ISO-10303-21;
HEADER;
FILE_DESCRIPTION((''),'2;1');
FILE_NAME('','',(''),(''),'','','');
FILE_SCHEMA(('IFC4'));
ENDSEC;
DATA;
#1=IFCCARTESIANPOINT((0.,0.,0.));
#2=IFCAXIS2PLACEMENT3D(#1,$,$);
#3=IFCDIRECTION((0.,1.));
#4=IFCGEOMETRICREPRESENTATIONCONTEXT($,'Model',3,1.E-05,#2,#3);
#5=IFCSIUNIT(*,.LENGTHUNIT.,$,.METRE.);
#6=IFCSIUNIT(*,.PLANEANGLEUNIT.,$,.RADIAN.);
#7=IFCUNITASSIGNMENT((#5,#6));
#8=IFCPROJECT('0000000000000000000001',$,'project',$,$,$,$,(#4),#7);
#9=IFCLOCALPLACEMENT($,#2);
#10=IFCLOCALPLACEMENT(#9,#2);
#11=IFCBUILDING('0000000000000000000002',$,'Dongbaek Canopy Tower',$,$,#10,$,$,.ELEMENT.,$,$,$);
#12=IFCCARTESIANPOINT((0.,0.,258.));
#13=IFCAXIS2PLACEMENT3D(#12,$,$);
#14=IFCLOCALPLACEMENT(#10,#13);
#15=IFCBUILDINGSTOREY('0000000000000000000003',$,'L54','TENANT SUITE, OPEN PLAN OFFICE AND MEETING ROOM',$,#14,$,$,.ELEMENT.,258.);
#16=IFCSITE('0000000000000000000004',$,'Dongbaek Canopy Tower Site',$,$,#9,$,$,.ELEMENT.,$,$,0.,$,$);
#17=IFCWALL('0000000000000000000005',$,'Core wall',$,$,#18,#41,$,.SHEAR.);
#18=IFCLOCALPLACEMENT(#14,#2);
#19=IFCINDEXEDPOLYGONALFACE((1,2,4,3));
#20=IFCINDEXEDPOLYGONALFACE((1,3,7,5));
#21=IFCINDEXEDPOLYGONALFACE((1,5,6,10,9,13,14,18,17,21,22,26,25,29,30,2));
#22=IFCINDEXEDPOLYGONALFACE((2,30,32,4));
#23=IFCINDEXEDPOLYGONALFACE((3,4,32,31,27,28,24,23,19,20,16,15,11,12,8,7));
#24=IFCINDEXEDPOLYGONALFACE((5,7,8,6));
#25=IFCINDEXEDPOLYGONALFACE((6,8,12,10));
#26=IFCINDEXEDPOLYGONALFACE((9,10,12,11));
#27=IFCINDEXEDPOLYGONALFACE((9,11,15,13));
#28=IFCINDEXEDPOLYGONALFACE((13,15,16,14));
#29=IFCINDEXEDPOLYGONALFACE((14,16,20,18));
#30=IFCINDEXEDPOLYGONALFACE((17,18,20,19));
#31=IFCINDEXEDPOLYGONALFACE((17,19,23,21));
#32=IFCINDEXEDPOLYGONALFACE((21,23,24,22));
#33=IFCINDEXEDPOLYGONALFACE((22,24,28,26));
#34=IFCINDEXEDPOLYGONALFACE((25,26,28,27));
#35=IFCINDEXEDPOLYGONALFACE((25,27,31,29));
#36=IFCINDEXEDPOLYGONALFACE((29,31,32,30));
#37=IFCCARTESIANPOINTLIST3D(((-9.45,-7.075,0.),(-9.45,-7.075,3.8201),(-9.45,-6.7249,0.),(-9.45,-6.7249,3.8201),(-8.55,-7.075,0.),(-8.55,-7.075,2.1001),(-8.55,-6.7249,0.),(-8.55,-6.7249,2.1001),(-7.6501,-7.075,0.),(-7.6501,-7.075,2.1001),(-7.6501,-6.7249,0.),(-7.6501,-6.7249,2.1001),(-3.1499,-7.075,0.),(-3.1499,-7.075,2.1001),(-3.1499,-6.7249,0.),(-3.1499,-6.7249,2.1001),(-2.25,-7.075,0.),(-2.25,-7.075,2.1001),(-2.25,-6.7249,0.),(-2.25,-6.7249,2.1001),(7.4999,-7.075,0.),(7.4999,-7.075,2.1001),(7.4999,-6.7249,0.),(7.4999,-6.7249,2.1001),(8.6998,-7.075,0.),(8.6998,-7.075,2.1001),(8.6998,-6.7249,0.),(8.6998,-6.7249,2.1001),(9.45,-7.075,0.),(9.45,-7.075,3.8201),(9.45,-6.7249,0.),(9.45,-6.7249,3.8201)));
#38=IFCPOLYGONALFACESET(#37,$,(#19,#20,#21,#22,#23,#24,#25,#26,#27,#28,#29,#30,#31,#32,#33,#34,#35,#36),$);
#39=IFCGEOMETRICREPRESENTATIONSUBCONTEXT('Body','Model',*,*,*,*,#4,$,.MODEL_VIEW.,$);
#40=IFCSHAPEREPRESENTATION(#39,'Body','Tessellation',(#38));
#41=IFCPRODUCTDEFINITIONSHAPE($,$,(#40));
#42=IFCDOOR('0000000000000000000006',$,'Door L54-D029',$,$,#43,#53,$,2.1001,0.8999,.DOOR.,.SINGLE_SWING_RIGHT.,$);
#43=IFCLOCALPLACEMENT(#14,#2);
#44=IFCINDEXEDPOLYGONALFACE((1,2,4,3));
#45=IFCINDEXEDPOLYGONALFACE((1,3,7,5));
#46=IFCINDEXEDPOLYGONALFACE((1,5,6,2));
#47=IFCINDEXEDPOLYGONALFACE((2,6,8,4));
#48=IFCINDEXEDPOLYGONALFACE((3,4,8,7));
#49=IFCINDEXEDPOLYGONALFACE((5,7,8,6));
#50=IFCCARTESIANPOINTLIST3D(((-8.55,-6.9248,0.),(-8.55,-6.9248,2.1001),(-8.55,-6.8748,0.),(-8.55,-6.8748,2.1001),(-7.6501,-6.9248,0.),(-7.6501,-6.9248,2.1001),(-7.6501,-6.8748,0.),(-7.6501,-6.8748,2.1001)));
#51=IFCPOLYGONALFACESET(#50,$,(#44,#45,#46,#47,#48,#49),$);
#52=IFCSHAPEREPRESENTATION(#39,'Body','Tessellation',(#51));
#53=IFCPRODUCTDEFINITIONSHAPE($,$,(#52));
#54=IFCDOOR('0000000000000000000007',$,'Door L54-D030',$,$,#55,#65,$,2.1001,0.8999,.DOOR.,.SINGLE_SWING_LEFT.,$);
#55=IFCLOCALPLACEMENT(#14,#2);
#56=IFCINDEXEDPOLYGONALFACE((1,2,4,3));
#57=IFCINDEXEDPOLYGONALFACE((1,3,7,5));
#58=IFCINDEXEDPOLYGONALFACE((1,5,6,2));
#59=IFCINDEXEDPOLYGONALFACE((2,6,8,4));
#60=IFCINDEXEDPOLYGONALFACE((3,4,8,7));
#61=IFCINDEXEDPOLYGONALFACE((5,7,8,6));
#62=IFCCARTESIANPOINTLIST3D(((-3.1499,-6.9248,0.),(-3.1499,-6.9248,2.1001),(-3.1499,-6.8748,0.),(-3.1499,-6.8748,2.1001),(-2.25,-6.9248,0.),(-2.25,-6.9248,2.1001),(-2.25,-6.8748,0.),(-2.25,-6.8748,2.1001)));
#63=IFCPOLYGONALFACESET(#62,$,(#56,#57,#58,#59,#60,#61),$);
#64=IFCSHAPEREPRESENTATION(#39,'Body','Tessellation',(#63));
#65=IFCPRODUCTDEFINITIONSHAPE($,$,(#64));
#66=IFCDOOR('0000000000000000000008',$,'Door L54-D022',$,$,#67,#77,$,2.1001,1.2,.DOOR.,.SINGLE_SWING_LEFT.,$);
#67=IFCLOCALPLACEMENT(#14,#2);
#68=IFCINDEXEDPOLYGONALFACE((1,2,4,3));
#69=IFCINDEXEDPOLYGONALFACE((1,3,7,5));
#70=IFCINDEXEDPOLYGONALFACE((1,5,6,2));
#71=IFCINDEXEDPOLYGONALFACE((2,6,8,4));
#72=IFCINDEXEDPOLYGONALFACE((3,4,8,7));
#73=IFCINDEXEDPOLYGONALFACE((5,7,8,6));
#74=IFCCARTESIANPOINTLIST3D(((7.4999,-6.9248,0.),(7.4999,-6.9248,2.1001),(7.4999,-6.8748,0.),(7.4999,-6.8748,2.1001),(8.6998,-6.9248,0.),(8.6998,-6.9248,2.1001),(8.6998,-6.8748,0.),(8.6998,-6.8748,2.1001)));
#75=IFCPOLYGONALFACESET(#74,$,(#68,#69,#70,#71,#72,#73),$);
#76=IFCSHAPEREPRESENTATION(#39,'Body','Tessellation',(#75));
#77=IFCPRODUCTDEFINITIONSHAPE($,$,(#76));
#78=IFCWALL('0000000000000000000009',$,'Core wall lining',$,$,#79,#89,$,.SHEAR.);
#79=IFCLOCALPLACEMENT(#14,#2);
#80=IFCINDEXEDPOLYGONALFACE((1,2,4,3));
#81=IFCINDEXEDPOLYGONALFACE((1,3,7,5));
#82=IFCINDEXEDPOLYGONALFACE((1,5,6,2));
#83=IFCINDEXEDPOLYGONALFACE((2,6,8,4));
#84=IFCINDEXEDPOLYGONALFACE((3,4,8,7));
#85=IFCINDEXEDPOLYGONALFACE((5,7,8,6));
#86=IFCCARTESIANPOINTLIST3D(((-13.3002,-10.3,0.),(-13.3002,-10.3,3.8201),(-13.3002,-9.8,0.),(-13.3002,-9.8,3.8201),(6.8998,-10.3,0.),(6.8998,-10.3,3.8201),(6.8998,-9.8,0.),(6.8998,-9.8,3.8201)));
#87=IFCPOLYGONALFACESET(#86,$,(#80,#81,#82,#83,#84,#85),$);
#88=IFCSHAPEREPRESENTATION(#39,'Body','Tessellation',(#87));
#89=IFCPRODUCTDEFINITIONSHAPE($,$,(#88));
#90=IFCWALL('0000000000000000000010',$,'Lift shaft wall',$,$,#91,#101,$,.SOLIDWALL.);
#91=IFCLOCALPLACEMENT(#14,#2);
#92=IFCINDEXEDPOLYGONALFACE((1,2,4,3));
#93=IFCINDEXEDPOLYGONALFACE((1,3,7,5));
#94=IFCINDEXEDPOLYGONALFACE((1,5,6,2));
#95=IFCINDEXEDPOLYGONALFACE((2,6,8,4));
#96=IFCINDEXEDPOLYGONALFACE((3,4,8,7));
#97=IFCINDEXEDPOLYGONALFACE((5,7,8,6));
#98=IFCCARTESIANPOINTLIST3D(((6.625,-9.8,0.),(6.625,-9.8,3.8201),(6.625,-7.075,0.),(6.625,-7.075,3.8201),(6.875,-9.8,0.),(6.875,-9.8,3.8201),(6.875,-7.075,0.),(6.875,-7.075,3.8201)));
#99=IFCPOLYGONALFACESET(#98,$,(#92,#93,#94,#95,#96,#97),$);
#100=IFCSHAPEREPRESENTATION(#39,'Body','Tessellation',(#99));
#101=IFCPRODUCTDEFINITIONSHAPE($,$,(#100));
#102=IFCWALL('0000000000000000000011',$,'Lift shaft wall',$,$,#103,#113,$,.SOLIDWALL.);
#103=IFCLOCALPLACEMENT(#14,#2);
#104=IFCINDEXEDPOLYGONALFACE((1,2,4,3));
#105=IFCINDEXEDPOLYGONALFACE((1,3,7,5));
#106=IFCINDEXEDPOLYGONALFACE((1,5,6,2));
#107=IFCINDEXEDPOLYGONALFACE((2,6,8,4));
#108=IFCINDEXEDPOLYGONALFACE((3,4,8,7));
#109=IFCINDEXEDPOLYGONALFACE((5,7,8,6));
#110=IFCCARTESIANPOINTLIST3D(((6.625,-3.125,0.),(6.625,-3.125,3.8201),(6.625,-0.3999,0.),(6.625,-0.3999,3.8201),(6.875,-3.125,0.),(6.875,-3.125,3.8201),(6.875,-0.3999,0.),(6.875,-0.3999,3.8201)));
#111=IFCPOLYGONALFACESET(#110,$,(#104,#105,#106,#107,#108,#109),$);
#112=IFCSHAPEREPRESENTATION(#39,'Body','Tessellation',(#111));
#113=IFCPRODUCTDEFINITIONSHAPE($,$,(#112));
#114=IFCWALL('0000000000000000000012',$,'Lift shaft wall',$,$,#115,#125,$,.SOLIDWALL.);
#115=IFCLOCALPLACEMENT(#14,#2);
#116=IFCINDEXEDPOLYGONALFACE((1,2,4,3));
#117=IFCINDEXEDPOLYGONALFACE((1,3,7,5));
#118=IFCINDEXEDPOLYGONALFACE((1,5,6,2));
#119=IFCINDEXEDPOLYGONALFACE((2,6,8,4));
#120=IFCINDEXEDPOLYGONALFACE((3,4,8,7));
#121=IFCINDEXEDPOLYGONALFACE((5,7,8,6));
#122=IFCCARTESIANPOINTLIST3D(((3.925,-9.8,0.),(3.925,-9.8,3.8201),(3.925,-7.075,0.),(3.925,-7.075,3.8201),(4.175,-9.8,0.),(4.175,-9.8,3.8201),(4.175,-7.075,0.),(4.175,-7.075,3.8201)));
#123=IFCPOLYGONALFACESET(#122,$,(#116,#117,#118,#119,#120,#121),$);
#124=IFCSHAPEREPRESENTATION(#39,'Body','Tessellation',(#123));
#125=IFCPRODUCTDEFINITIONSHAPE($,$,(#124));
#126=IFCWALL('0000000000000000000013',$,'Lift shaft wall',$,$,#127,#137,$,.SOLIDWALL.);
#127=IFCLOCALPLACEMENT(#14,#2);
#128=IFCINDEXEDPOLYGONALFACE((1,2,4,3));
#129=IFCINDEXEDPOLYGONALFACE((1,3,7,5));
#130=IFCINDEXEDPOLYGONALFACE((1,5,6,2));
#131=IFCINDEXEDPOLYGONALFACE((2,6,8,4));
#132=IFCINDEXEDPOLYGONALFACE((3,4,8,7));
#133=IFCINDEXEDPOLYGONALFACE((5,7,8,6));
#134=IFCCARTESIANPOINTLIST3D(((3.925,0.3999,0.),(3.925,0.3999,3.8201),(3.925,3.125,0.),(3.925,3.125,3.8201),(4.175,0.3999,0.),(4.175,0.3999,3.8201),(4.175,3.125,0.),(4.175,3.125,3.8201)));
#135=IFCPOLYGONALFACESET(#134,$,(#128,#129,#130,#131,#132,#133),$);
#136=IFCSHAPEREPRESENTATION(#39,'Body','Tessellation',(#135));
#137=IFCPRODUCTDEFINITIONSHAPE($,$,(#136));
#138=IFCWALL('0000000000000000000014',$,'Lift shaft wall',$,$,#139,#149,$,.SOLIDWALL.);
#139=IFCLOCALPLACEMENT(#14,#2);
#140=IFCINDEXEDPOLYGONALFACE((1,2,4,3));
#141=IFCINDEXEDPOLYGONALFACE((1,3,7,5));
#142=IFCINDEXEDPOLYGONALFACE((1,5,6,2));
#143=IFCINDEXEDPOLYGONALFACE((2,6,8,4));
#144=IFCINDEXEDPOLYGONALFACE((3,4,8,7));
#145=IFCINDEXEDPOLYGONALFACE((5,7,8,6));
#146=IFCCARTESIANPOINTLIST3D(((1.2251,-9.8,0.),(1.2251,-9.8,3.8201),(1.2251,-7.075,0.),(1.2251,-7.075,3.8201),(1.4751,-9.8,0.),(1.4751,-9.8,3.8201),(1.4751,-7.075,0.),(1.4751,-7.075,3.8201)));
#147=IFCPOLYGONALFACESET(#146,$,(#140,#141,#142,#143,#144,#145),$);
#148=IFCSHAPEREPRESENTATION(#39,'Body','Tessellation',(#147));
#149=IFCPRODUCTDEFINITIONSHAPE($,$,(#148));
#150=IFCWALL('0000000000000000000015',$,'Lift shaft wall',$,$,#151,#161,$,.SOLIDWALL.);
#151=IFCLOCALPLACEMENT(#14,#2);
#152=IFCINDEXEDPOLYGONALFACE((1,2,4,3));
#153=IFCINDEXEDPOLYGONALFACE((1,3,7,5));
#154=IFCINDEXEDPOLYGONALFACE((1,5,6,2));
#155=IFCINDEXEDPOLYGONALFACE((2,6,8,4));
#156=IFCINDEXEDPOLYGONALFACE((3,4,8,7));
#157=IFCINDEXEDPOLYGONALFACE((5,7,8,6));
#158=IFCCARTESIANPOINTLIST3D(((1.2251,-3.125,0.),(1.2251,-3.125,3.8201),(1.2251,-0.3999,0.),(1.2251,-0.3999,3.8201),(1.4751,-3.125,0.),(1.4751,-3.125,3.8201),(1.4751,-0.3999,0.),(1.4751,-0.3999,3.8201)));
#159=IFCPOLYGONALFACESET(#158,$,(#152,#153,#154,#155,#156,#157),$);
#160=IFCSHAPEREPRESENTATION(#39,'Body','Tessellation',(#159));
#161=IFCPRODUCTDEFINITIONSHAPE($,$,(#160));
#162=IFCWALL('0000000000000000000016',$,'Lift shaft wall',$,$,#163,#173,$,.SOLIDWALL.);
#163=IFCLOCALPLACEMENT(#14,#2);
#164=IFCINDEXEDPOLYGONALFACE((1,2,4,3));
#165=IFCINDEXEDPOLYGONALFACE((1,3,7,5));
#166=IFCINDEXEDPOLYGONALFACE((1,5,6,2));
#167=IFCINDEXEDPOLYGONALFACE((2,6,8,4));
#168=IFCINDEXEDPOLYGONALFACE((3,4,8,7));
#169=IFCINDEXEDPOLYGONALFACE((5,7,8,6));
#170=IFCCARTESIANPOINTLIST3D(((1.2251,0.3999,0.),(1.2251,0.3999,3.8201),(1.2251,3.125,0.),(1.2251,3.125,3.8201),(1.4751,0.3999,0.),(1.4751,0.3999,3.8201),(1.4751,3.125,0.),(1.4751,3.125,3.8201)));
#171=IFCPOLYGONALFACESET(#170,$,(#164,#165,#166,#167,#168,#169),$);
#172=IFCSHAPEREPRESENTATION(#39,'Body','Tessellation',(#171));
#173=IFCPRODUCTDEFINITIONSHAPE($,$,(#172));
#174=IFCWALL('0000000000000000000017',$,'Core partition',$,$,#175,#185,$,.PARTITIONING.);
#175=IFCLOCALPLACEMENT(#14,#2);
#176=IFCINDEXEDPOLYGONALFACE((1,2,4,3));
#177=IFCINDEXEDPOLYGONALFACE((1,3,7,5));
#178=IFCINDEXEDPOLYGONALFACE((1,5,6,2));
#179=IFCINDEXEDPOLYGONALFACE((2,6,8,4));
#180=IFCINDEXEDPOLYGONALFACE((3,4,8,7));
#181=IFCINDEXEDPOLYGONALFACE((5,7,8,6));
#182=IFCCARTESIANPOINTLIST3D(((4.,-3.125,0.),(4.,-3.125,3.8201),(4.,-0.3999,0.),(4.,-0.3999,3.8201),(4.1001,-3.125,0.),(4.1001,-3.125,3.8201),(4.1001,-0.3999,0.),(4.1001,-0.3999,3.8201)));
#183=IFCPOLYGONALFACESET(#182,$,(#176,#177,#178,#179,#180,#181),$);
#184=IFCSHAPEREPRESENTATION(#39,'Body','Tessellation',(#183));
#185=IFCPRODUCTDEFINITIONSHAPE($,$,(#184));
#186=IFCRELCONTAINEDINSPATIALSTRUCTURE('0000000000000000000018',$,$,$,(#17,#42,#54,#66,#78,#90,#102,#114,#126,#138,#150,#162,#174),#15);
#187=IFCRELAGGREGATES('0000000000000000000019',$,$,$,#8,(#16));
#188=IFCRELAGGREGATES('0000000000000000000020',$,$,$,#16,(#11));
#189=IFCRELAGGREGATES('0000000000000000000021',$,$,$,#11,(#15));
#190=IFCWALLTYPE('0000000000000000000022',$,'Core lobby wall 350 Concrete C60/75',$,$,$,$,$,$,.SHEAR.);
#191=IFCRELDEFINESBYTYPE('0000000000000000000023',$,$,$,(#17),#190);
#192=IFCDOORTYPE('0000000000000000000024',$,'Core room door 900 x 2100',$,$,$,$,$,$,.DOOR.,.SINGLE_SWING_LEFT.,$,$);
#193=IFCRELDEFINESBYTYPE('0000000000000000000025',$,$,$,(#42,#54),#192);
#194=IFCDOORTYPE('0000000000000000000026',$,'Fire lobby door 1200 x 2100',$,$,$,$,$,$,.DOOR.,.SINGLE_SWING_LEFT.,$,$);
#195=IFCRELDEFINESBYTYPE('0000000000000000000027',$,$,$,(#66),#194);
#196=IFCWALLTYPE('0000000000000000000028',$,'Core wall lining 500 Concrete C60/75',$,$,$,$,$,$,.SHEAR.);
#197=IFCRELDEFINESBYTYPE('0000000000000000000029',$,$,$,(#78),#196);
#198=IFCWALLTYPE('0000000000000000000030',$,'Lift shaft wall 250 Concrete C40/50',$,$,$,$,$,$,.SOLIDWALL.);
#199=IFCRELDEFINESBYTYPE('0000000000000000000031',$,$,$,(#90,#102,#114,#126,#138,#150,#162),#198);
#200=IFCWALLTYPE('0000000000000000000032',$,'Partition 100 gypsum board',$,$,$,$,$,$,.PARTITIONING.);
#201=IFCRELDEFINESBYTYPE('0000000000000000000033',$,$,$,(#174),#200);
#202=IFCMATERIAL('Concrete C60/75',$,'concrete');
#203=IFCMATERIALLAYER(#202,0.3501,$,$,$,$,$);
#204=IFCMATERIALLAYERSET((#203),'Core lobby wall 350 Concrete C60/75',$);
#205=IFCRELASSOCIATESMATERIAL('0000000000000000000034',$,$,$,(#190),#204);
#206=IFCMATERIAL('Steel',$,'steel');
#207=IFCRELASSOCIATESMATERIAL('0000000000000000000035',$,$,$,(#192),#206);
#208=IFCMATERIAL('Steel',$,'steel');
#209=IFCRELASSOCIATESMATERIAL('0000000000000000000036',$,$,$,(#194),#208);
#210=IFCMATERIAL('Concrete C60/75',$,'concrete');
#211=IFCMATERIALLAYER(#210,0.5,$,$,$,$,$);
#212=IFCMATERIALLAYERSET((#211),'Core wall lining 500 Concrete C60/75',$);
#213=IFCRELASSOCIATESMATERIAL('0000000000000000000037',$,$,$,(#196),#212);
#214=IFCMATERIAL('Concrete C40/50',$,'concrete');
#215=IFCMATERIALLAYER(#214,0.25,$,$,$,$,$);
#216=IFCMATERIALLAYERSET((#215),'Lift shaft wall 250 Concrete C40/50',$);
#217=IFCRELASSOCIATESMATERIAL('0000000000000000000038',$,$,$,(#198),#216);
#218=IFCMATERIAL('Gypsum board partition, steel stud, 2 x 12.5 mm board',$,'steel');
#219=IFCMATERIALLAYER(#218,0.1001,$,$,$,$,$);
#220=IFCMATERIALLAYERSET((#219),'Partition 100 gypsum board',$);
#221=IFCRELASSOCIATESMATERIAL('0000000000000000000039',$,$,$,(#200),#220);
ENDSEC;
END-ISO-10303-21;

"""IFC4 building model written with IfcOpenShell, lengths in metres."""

from ifc_helpers import new_model, si_unit, direction, frame, frame_2d, origin, place, context, subcontext, project, spatial, rectangle, extrude, material, layer, layer_set, type_object, element, fill, save


model = new_model("IFC4")

# Units and contexts
model_context = context("Model", 3, precision=1e-05, world=origin(), true_north=direction((0.0, 1.0)))
body_context = subcontext(model_context, "Body", "Model", "MODEL_VIEW")
ifc_project = project(units=[si_unit("LENGTHUNIT", "METRE"), si_unit("PLANEANGLEUNIT", "RADIAN")], contexts=[model_context])

# Site, building, storey
site_placement = place(None, origin())
site = spatial("IfcSite", under=ifc_project, at=site_placement, Name="Dongbaek Canopy Tower Site", CompositionType="ELEMENT", RefElevation=0.0)
building_placement = place(site_placement, origin())
building = spatial("IfcBuilding", under=site, at=building_placement, Name="Dongbaek Canopy Tower", CompositionType="ELEMENT")
storey_placement = place(building_placement, frame((0.0, 0.0, 258.0)))
storey = spatial("IfcBuildingStorey", under=building, at=storey_placement, Name="L54", Description="TENANT SUITE, OPEN PLAN OFFICE AND MEETING ROOM", CompositionType="ELEMENT", Elevation=258.0)

# Wall, openings, doors
ifc_material_1 = material(Name="Concrete C60/75", Category="concrete")
ifc_layer_1 = layer(ifc_material_1, 0.3501)
ifc_layer_set_1 = layer_set([ifc_layer_1], Name="Core lobby wall 350 Concrete C60/75")
wall_type_1 = type_object("IfcWallType", Name="Core lobby wall 350 Concrete C60/75", PredefinedType="SHEAR", material=ifc_layer_set_1)
wall_1_placement = place(storey_placement, frame((9.45, -6.8999, 0.0), z_axis=(0.0, 0.0, 1.0), x_axis=(-1.0, 0.0, 0.0)))
wall_1 = element("IfcWall", 1, at=wall_1_placement, inside=storey, type_object=wall_type_1, Name="Core wall", PredefinedType="SHEAR", context=body_context, shape_type="SweptSolid", body=[
    extrude(rectangle(XDim=18.8999, YDim=0.3501, at=frame_2d((9.45, 0.0))), origin(), (0.0, 0.0, 1.0), 3.8201),
])
opening_1_placement = place(wall_1_placement, frame((0.75, 0.0, 0.0)))
opening_1 = element("IfcOpeningElement", 2, at=opening_1_placement, cuts=wall_1, PredefinedType="OPENING", context=body_context, shape_type="SweptSolid", body=[
    extrude(rectangle(XDim=1.2, YDim=2.1001, at=frame_2d((0.6001, 1.05))), frame((0.0, 0.1851, 0.0), z_axis=(0.0, -1.0, 0.0), x_axis=(1.0, 0.0, 0.0)), (0.0, 0.0, 1.0), 0.3701),
])
opening_2_placement = place(wall_1_placement, frame((17.1001, 0.0, 0.0)))
opening_2 = element("IfcOpeningElement", 3, at=opening_2_placement, cuts=wall_1, PredefinedType="OPENING", context=body_context, shape_type="SweptSolid", body=[
    extrude(rectangle(XDim=0.8999, YDim=2.1001, at=frame_2d((0.45, 1.05))), frame((0.0, 0.1851, 0.0), z_axis=(0.0, -1.0, 0.0), x_axis=(1.0, 0.0, 0.0)), (0.0, 0.0, 1.0), 0.3701),
])
opening_3_placement = place(wall_1_placement, frame((11.7, 0.0, 0.0)))
opening_3 = element("IfcOpeningElement", 4, at=opening_3_placement, cuts=wall_1, PredefinedType="OPENING", context=body_context, shape_type="SweptSolid", body=[
    extrude(rectangle(XDim=0.8999, YDim=2.1001, at=frame_2d((0.45, 1.05))), frame((0.0, 0.1851, 0.0), z_axis=(0.0, -1.0, 0.0), x_axis=(1.0, 0.0, 0.0)), (0.0, 0.0, 1.0), 0.3701),
])
ifc_material_2 = material(Name="Steel", Category="steel")
door_type_1 = type_object("IfcDoorType", Name="Core room door 900 x 2100", OperationType="SINGLE_SWING_LEFT", PredefinedType="DOOR", material=ifc_material_2)
door_1_placement = place(opening_2_placement, origin())
door_1 = element("IfcDoor", 5, at=door_1_placement, inside=storey, type_object=door_type_1, Name="Door L54-D029", OperationType="SINGLE_SWING_RIGHT", OverallHeight=2.1001, OverallWidth=0.8999, PredefinedType="DOOR", context=body_context, shape_type="SweptSolid", body=[
    extrude(rectangle(XDim=0.8999, YDim=2.1001, at=frame_2d((0.45, 1.05))), frame((0.0, 0.0249, 0.0), z_axis=(0.0, -1.0, 0.0), x_axis=(1.0, 0.0, 0.0)), (0.0, 0.0, 1.0), 0.05),
])
fill(opening_2, door_1)
door_2_placement = place(opening_3_placement, origin())
door_2 = element("IfcDoor", 6, at=door_2_placement, inside=storey, type_object=door_type_1, Name="Door L54-D030", OperationType="SINGLE_SWING_LEFT", OverallHeight=2.1001, OverallWidth=0.8999, PredefinedType="DOOR", context=body_context, shape_type="SweptSolid", body=[
    extrude(rectangle(XDim=0.8999, YDim=2.1001, at=frame_2d((0.45, 1.05))), frame((0.0, 0.0249, 0.0), z_axis=(0.0, -1.0, 0.0), x_axis=(1.0, 0.0, 0.0)), (0.0, 0.0, 1.0), 0.05),
])
fill(opening_3, door_2)
ifc_material_3 = material(Name="Steel", Category="steel")
door_type_2 = type_object("IfcDoorType", Name="Fire lobby door 1200 x 2100", OperationType="SINGLE_SWING_LEFT", PredefinedType="DOOR", material=ifc_material_3)
door_3_placement = place(opening_1_placement, origin())
door_3 = element("IfcDoor", 7, at=door_3_placement, inside=storey, type_object=door_type_2, Name="Door L54-D022", OperationType="SINGLE_SWING_LEFT", OverallHeight=2.1001, OverallWidth=1.2, PredefinedType="DOOR", context=body_context, shape_type="SweptSolid", body=[
    extrude(rectangle(XDim=1.2, YDim=2.1001, at=frame_2d((0.6001, 1.05))), frame((0.0, 0.0249, 0.0), z_axis=(0.0, -1.0, 0.0), x_axis=(1.0, 0.0, 0.0)), (0.0, 0.0, 1.0), 0.05),
])
fill(opening_1, door_3)

# Walls
ifc_material_4 = material(Name="Concrete C60/75", Category="concrete")
ifc_layer_2 = layer(ifc_material_4, 0.5)
ifc_layer_set_2 = layer_set([ifc_layer_2], Name="Core wall lining 500 Concrete C60/75")
wall_type_2 = type_object("IfcWallType", Name="Core wall lining 500 Concrete C60/75", PredefinedType="SHEAR", material=ifc_layer_set_2)
wall_2_placement = place(storey_placement, frame((6.8999, -10.05, 0.0), z_axis=(0.0, 0.0, 1.0), x_axis=(-1.0, 0.0, 0.0)))
element("IfcWall", 8, at=wall_2_placement, inside=storey, type_object=wall_type_2, Name="Core wall lining", PredefinedType="SHEAR", context=body_context, shape_type="SweptSolid", body=[
    extrude(rectangle(XDim=20.2, YDim=0.5, at=frame_2d((10.1001, 0.0))), origin(), (0.0, 0.0, 1.0), 3.8201),
])
ifc_material_5 = material(Name="Concrete C40/50", Category="concrete")
ifc_layer_3 = layer(ifc_material_5, 0.25)
ifc_layer_set_3 = layer_set([ifc_layer_3], Name="Lift shaft wall 250 Concrete C40/50")
wall_type_3 = type_object("IfcWallType", Name="Lift shaft wall 250 Concrete C40/50", PredefinedType="SOLIDWALL", material=ifc_layer_set_3)
for number, where, z_axis, x_axis, name in (
    (9, (6.75, -9.8, 0.0), (0.0, 0.0, 1.0), (0.0, 1.0, 0.0), "Lift shaft wall"),
    (10, (6.75, -3.125, 0.0), (0.0, 0.0, 1.0), (0.0, 1.0, 0.0), "Lift shaft wall"),
    (11, (4.05, -9.8, 0.0), (0.0, 0.0, 1.0), (0.0, 1.0, 0.0), "Lift shaft wall"),
    (12, (4.05, 0.3999, 0.0), (0.0, 0.0, 1.0), (0.0, 1.0, 0.0), "Lift shaft wall"),
    (13, (1.3501, -9.8, 0.0), (0.0, 0.0, 1.0), (0.0, 1.0, 0.0), "Lift shaft wall"),
    (14, (1.3501, -3.125, 0.0), (0.0, 0.0, 1.0), (0.0, 1.0, 0.0), "Lift shaft wall"),
    (15, (1.3501, 0.3999, 0.0), (0.0, 0.0, 1.0), (0.0, 1.0, 0.0), "Lift shaft wall"),
):
    element("IfcWall", number, at=place(storey_placement, frame(where, z_axis=z_axis, x_axis=x_axis)), inside=storey, type_object=wall_type_3, Name=name, PredefinedType="SOLIDWALL", context=body_context, shape_type="SweptSolid", body=[
        extrude(rectangle(XDim=2.7251, YDim=0.25, at=frame_2d((1.3625, 0.0))), origin(), (0.0, 0.0, 1.0), 3.8201),
    ])
ifc_material_6 = material(Name="Gypsum board partition, steel stud, 2 x 12.5 mm board", Category="steel")
ifc_layer_4 = layer(ifc_material_6, 0.1001)
ifc_layer_set_4 = layer_set([ifc_layer_4], Name="Partition 100 gypsum board")
wall_type_4 = type_object("IfcWallType", Name="Partition 100 gypsum board", PredefinedType="PARTITIONING", material=ifc_layer_set_4)
wall_3_placement = place(storey_placement, frame((4.05, -3.125, 0.0), z_axis=(0.0, 0.0, 1.0), x_axis=(0.0, 1.0, 0.0)))
element("IfcWall", 16, at=wall_3_placement, inside=storey, type_object=wall_type_4, Name="Core partition", PredefinedType="PARTITIONING", context=body_context, shape_type="SweptSolid", body=[
    extrude(rectangle(XDim=2.7251, YDim=0.1001, at=frame_2d((1.3625, 0.0))), origin(), (0.0, 0.0, 1.0), 3.8201),
])

save(model, "model.ifc")
